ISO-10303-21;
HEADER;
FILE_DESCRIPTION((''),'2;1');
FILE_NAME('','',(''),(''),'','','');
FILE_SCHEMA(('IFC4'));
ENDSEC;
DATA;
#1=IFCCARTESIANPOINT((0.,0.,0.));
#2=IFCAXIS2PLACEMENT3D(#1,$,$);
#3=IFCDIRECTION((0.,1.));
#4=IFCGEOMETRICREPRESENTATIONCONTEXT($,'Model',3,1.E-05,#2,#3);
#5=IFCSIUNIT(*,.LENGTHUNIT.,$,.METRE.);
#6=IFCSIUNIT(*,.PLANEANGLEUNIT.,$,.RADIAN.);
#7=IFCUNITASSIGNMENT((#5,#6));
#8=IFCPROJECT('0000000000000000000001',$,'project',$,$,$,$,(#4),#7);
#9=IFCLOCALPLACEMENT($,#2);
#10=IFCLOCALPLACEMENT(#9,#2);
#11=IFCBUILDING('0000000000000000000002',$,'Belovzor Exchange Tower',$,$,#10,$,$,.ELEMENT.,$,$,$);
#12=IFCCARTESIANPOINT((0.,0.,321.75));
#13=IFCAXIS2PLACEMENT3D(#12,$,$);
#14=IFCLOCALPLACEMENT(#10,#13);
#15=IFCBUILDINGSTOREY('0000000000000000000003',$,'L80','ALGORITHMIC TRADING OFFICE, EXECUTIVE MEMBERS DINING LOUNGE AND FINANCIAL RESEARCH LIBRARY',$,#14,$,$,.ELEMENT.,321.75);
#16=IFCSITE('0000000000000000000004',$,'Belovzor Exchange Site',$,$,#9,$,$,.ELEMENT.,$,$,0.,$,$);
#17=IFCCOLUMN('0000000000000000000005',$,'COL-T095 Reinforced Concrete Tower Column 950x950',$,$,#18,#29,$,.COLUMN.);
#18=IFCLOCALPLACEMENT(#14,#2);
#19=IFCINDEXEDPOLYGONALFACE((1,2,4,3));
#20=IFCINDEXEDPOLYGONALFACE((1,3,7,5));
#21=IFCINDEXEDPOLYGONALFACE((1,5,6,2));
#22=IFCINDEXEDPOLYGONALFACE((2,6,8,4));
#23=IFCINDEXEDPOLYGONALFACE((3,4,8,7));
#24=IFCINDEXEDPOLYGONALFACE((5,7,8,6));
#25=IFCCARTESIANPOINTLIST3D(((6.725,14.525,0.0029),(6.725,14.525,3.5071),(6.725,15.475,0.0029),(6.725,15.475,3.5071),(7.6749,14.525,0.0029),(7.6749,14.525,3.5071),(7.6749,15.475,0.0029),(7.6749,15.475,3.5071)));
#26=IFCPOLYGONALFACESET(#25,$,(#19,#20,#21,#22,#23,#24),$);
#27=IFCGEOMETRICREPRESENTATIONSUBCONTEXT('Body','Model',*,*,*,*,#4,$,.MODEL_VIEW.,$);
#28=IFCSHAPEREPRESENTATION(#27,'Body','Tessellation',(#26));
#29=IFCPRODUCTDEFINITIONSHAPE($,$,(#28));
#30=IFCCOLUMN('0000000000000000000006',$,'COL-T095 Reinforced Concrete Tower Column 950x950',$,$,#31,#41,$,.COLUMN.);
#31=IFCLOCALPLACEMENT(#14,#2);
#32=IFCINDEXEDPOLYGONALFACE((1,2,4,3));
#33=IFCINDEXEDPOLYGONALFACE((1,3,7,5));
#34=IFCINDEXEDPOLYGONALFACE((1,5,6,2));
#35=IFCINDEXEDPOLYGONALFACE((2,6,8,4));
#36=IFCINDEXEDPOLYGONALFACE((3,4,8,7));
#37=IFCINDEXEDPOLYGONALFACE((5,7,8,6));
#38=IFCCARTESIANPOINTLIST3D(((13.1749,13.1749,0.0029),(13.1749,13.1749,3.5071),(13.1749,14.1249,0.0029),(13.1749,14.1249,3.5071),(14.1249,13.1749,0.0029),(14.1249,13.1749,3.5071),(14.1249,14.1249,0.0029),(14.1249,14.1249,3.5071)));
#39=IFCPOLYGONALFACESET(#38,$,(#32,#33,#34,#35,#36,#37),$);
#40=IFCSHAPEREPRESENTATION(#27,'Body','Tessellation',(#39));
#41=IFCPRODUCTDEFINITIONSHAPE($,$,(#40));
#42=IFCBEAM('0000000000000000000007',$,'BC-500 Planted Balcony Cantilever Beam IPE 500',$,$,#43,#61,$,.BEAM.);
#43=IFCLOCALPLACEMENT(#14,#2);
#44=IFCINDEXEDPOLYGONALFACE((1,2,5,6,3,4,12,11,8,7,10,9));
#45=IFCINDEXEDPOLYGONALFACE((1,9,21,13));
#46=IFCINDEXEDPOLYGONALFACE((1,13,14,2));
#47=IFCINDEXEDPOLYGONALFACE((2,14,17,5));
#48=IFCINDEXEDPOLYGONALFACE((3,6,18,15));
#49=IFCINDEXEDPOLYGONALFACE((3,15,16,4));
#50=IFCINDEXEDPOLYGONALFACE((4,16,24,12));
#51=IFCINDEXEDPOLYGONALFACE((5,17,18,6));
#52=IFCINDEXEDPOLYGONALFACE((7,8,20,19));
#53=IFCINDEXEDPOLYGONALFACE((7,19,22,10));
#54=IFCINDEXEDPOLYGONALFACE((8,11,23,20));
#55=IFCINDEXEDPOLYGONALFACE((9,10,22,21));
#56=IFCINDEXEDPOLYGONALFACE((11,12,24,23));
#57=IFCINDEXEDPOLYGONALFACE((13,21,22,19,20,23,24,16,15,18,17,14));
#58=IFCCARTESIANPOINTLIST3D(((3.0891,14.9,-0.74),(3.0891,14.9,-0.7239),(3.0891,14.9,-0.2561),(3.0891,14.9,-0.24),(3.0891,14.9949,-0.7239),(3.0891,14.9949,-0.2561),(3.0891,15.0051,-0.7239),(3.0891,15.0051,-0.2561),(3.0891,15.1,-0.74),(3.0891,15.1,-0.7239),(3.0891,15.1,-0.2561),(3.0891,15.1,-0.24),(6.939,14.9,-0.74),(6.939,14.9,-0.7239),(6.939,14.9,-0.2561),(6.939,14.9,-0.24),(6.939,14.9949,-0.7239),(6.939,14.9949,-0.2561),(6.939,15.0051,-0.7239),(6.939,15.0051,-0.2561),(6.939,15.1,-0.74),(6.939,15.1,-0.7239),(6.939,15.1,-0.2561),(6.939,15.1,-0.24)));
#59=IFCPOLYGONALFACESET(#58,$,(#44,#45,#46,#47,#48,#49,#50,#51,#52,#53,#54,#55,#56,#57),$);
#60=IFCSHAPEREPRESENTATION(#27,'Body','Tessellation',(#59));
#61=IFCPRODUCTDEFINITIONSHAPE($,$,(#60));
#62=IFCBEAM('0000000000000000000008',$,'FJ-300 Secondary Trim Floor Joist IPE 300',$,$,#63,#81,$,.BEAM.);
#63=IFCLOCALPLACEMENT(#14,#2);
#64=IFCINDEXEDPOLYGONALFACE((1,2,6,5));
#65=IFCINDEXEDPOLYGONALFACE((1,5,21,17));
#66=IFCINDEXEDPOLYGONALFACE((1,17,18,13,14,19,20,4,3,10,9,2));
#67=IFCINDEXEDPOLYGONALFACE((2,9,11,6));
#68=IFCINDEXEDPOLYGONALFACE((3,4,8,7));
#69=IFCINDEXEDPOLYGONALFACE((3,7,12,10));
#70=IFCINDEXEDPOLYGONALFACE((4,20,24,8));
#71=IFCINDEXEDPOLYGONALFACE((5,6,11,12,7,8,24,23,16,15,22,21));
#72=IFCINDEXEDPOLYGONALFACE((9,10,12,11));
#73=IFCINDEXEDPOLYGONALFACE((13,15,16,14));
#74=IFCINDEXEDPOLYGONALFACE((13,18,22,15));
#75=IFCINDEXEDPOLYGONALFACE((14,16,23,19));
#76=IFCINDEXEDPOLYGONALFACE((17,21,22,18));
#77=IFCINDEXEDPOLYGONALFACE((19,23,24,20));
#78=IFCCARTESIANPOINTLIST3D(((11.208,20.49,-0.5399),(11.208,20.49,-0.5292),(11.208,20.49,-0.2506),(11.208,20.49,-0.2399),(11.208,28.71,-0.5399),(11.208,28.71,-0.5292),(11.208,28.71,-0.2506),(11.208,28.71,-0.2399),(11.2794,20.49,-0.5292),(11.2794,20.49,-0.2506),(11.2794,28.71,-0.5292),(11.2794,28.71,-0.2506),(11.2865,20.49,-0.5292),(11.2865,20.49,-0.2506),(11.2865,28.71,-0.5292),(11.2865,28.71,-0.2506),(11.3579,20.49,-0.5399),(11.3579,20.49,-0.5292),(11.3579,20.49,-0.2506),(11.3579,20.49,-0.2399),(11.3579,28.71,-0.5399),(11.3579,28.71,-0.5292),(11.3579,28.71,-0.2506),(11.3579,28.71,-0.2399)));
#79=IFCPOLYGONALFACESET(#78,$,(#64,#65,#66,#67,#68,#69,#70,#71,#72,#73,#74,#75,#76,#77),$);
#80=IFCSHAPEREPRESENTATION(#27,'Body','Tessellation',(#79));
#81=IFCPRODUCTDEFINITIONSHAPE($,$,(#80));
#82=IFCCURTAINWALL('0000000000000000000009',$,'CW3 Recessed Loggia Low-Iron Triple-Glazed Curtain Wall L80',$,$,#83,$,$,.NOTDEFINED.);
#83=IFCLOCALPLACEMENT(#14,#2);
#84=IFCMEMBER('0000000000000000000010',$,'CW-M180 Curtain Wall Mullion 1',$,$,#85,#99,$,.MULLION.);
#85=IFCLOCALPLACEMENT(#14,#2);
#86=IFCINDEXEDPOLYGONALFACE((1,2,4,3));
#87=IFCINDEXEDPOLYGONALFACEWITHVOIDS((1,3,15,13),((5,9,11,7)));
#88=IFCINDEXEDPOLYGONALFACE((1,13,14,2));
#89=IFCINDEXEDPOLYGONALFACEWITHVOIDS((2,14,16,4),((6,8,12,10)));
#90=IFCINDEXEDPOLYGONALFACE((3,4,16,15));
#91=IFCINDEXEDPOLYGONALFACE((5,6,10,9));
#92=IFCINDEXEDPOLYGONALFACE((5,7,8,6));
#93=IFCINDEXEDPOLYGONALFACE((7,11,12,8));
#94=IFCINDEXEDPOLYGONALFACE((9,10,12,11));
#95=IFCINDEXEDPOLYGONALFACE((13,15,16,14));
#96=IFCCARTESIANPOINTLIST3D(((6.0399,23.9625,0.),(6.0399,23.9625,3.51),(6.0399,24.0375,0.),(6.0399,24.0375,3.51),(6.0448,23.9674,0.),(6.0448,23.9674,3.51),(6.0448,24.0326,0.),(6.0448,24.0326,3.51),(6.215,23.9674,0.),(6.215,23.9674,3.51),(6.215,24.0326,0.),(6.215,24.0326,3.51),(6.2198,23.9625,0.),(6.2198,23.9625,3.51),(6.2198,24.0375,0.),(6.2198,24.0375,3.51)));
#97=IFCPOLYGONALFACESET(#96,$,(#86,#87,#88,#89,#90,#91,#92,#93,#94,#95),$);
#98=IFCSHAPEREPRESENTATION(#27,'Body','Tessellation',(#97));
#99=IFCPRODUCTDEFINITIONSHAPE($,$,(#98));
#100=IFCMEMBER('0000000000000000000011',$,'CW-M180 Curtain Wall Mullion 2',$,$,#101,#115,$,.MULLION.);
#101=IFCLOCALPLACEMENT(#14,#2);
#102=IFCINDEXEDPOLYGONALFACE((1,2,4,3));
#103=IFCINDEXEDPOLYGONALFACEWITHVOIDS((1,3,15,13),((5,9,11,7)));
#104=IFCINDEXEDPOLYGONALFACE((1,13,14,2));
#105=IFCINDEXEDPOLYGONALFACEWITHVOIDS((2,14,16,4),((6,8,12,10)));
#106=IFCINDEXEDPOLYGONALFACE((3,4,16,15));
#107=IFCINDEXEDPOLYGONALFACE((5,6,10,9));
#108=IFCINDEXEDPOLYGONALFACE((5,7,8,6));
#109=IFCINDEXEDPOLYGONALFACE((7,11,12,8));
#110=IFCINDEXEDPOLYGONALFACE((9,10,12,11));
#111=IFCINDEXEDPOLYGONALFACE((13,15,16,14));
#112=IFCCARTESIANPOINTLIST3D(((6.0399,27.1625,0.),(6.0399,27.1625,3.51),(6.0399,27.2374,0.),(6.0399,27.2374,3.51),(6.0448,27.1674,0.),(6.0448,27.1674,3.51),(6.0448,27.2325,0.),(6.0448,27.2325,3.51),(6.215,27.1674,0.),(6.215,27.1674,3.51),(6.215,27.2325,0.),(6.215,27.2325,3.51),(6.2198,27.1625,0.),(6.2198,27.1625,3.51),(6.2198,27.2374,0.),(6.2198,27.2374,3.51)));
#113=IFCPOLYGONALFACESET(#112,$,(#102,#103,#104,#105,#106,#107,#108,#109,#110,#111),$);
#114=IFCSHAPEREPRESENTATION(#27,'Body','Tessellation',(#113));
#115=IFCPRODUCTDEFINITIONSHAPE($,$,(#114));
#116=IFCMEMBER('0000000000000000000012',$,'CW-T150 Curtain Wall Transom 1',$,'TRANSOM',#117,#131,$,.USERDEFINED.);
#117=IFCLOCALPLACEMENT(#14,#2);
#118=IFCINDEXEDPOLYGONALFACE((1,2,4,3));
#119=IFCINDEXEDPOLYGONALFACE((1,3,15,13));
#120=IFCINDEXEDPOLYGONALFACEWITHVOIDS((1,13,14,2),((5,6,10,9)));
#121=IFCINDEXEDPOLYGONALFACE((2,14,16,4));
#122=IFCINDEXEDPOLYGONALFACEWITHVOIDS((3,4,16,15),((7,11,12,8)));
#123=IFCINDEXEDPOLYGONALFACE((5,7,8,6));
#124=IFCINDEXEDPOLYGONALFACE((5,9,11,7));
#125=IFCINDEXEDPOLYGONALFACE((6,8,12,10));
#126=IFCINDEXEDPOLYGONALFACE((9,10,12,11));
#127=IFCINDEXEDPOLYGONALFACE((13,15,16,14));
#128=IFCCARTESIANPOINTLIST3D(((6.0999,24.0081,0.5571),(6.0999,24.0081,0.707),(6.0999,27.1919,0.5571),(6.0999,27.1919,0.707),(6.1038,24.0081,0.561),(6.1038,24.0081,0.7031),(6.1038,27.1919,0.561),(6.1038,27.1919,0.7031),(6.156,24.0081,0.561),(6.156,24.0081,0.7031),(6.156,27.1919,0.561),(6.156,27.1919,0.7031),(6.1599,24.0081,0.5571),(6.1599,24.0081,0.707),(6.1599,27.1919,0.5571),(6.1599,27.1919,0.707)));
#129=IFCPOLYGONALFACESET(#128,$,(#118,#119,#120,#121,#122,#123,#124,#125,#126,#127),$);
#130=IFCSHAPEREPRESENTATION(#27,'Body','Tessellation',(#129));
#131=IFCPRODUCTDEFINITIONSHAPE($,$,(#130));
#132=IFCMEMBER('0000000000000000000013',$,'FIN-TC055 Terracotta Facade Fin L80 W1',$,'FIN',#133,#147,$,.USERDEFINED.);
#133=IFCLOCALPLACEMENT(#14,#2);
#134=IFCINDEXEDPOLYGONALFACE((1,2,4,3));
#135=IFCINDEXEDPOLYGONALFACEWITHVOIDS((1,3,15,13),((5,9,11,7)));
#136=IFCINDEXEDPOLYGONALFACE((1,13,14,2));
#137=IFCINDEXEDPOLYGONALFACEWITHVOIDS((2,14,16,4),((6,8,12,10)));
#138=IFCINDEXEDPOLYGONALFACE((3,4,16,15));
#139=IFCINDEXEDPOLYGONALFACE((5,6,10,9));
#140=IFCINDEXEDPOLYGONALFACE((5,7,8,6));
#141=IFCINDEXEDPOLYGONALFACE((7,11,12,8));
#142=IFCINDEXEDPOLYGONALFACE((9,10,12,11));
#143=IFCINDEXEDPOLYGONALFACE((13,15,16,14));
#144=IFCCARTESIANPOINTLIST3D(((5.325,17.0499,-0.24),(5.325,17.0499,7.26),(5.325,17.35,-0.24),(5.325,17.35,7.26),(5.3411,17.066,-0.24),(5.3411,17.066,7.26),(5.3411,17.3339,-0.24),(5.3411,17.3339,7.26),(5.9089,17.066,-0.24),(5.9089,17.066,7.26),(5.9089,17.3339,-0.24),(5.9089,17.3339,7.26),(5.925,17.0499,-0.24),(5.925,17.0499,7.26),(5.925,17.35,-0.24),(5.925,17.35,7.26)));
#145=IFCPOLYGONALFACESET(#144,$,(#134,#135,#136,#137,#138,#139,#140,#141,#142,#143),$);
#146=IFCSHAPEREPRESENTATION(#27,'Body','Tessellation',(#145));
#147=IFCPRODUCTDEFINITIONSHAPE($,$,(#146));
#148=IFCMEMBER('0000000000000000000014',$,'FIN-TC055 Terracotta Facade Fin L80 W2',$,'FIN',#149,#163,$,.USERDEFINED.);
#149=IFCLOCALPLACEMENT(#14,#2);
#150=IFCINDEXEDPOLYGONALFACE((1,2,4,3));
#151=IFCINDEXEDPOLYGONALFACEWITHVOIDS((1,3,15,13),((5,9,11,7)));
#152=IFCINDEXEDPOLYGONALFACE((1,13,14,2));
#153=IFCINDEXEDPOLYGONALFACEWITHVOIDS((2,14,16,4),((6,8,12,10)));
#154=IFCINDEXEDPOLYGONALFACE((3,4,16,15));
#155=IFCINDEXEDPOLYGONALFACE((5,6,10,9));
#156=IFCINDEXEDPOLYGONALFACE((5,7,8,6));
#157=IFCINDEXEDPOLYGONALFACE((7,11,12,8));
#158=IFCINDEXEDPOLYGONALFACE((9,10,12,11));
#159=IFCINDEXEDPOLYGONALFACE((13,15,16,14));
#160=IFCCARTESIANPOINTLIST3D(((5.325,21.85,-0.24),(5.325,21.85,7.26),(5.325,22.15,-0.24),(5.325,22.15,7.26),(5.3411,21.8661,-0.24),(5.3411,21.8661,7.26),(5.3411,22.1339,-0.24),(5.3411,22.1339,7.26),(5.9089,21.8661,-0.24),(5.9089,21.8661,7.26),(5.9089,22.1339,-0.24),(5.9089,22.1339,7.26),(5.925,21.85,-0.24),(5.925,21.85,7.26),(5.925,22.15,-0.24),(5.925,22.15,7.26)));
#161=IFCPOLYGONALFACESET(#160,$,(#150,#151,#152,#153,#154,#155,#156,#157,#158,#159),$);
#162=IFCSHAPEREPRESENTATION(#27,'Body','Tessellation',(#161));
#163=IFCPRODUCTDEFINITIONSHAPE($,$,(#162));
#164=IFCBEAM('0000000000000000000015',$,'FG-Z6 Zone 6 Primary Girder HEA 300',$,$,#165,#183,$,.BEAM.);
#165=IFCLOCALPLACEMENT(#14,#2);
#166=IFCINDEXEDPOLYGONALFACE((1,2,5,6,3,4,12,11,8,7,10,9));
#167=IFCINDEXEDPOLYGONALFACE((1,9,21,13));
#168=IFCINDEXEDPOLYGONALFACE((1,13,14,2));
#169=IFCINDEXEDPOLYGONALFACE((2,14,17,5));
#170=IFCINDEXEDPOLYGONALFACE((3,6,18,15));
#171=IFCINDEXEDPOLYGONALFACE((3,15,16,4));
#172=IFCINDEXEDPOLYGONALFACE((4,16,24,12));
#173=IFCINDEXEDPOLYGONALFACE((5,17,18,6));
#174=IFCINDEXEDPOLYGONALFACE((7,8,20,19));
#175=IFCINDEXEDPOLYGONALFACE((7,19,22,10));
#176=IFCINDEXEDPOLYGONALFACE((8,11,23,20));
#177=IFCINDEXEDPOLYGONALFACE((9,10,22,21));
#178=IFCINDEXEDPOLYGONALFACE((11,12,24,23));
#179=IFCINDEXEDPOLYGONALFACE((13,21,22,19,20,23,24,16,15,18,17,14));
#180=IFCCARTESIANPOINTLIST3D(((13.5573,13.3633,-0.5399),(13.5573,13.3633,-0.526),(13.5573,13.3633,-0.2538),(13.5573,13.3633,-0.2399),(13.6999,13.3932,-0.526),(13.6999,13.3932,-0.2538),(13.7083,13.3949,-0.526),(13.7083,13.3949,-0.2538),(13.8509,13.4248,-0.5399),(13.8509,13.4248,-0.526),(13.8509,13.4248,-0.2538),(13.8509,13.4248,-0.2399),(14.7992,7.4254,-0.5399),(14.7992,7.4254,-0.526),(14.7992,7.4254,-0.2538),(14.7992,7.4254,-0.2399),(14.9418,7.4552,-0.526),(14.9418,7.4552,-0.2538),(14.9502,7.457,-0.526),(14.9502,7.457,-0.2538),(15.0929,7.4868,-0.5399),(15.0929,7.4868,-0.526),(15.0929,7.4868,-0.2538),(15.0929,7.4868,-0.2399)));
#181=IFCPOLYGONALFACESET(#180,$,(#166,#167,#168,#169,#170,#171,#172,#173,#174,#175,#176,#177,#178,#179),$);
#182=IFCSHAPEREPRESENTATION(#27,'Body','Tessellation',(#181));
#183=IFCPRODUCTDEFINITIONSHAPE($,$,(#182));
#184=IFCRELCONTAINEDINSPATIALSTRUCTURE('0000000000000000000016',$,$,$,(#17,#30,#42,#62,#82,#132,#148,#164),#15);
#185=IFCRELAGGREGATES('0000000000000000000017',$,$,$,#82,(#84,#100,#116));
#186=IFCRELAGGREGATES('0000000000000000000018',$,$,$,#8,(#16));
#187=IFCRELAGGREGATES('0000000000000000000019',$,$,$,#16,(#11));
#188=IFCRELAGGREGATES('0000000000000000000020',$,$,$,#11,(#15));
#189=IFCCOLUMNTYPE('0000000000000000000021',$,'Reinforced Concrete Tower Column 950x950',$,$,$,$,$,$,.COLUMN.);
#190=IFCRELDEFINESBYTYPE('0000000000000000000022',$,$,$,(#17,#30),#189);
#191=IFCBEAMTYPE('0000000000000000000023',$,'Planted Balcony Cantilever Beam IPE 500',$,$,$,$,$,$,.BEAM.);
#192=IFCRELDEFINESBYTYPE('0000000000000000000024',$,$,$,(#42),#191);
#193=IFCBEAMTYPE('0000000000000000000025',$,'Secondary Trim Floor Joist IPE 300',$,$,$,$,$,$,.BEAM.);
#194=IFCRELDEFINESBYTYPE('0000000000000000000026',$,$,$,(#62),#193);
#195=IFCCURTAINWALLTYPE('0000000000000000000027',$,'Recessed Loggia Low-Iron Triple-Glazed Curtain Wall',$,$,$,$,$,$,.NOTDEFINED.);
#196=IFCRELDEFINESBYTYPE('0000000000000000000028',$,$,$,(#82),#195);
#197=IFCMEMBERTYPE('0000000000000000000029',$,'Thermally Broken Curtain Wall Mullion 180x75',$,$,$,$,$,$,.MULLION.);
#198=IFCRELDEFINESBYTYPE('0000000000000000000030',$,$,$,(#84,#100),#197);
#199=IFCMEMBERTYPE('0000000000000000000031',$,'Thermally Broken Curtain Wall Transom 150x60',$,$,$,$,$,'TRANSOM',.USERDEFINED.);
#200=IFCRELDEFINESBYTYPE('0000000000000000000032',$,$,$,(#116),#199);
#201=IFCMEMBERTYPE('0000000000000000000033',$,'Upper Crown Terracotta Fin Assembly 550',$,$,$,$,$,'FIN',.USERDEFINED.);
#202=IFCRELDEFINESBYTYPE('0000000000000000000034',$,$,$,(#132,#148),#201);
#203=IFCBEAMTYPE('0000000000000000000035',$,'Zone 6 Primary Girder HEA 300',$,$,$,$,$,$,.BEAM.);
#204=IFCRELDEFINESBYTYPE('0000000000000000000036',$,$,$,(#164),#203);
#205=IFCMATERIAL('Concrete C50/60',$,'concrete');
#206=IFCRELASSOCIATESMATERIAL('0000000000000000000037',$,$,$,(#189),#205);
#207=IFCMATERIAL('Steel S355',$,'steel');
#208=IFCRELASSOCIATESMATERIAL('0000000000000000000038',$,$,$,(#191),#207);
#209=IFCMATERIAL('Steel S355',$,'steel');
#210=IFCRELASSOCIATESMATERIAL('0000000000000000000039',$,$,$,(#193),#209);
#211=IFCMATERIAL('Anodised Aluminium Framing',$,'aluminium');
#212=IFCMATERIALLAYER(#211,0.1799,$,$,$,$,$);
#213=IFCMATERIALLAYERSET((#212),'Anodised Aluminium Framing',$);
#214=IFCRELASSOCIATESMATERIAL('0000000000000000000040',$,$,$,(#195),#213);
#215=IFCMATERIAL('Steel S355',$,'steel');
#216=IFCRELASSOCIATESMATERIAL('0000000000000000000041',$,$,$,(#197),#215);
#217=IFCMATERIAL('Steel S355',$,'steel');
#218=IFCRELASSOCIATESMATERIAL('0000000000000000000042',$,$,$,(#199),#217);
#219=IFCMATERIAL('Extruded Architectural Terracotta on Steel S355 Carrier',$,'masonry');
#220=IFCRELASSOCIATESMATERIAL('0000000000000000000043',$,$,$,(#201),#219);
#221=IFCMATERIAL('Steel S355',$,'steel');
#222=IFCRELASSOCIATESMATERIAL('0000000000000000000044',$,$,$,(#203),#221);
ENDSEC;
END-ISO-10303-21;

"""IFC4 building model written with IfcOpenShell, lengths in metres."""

from ifc_helpers import new_model, si_unit, direction, frame, origin, origin_2d, place, context, subcontext, project, spatial, rectangle, hollow_rectangle, i_section, extrude, material, layer, layer_set, material_profile, profile_set, type_object, element, aggregate, save


model = new_model("IFC4")

# Units and contexts
model_context = context("Model", 3, precision=1e-05, world=origin(), true_north=direction((0.0, 1.0)))
body_context = subcontext(model_context, "Body", "Model", "MODEL_VIEW")
ifc_project = project(units=[si_unit("LENGTHUNIT", "METRE"), si_unit("PLANEANGLEUNIT", "RADIAN")], contexts=[model_context])

# Site, building, storey
site_placement = place(None, origin())
site = spatial("IfcSite", under=ifc_project, at=site_placement, Name="Belovzor Exchange Site", CompositionType="ELEMENT", RefElevation=0.0)
building_placement = place(site_placement, origin())
building = spatial("IfcBuilding", under=site, at=building_placement, Name="Belovzor Exchange Tower", CompositionType="ELEMENT")
storey_placement = place(building_placement, frame((0.0, 0.0, 321.75)))
storey = spatial("IfcBuildingStorey", under=building, at=storey_placement, Name="L80", Description="ALGORITHMIC TRADING OFFICE, EXECUTIVE MEMBERS DINING LOUNGE AND FINANCIAL RESEARCH LIBRARY", CompositionType="ELEMENT", Elevation=321.75)

# Columns
ifc_material_1 = material(Name="Concrete C50/60", Category="concrete")
ifc_material_profile_1 = material_profile(ifc_material_1, rectangle(XDim=0.95, YDim=0.95, at=origin_2d()))
ifc_profile_set_1 = profile_set([ifc_material_profile_1], Name="Concrete C50/60")
column_type = type_object("IfcColumnType", Name="Reinforced Concrete Tower Column 950x950", PredefinedType="COLUMN", material=ifc_profile_set_1)
for number, where, z_axis, x_axis, name in (
    (1, (7.2, 15.0, 0.0029), (0.0, 0.0, 1.0), (1.0, 0.0, 0.0), "COL-T095 Reinforced Concrete Tower Column 950x950"),
    (2, (13.6499, 13.6499, 0.0029), (0.0, 0.0, 1.0), (1.0, 0.0, 0.0), "COL-T095 Reinforced Concrete Tower Column 950x950"),
):
    element("IfcColumn", number, at=place(storey_placement, frame(where, z_axis=z_axis, x_axis=x_axis)), inside=storey, type_object=column_type, Name=name, PredefinedType="COLUMN", context=body_context, shape_type="SweptSolid", body=[
        extrude(rectangle(XDim=0.95, YDim=0.95, at=origin_2d()), origin(), (0.0, 0.0, 1.0), 3.5042),
    ])

# Beams
ifc_material_2 = material(Name="Steel S355", Category="steel")
ifc_material_profile_2 = material_profile(ifc_material_2, i_section(OverallWidth=0.2, OverallDepth=0.5, WebThickness=0.0103, FlangeThickness=0.0161, at=origin_2d()))
ifc_profile_set_2 = profile_set([ifc_material_profile_2], Name="Steel S355")
beam_type_1 = type_object("IfcBeamType", Name="Planted Balcony Cantilever Beam IPE 500", PredefinedType="BEAM", material=ifc_profile_set_2)
beam_1_placement = place(storey_placement, frame((6.939, 15.0, -0.49), z_axis=(-1.0, 0.0, 0.0), x_axis=(0.0, -1.0, 0.0)))
element("IfcBeam", 3, at=beam_1_placement, inside=storey, type_object=beam_type_1, Name="BC-500 Planted Balcony Cantilever Beam IPE 500", PredefinedType="BEAM", context=body_context, shape_type="SweptSolid", body=[
    extrude(i_section(OverallWidth=0.2, OverallDepth=0.5, WebThickness=0.0103, FlangeThickness=0.0161, at=origin_2d()), origin(), (0.0, 0.0, 1.0), 3.8499),
])
ifc_material_3 = material(Name="Steel S355", Category="steel")
ifc_material_profile_3 = material_profile(ifc_material_3, i_section(OverallWidth=0.1499, OverallDepth=0.3, WebThickness=0.0071, FlangeThickness=0.0107, at=origin_2d()))
ifc_profile_set_3 = profile_set([ifc_material_profile_3], Name="Steel S355")
beam_type_2 = type_object("IfcBeamType", Name="Secondary Trim Floor Joist IPE 300", PredefinedType="BEAM", material=ifc_profile_set_3)
beam_2_placement = place(storey_placement, frame((11.283, 20.49, -0.3899), z_axis=(0.0, 1.0, 0.0), x_axis=(-1.0, 0.0, 0.0)))
element("IfcBeam", 4, at=beam_2_placement, inside=storey, type_object=beam_type_2, Name="FJ-300 Secondary Trim Floor Joist IPE 300", PredefinedType="BEAM", context=body_context, shape_type="SweptSolid", body=[
    extrude(i_section(OverallWidth=0.1499, OverallDepth=0.3, WebThickness=0.0071, FlangeThickness=0.0107, at=origin_2d()), origin(), (0.0, 0.0, 1.0), 8.22),
])

# Curtain wall, members
ifc_material_4 = material(Name="Anodised Aluminium Framing", Category="aluminium")
ifc_layer_1 = layer(ifc_material_4, 0.1799)
ifc_layer_set_1 = layer_set([ifc_layer_1], Name="Anodised Aluminium Framing")
curtain_wall_type = type_object("IfcCurtainWallType", Name="Recessed Loggia Low-Iron Triple-Glazed Curtain Wall", PredefinedType="NOTDEFINED", material=ifc_layer_set_1)
curtain_wall_placement = place(storey_placement, origin())
curtain_wall = element("IfcCurtainWall", 5, at=curtain_wall_placement, inside=storey, type_object=curtain_wall_type, Name="CW3 Recessed Loggia Low-Iron Triple-Glazed Curtain Wall L80", PredefinedType="NOTDEFINED")
ifc_material_5 = material(Name="Steel S355", Category="steel")
ifc_material_profile_4 = material_profile(ifc_material_5, hollow_rectangle(XDim=0.075, YDim=0.1799, WallThickness=0.0049, at=origin_2d()))
ifc_profile_set_4 = profile_set([ifc_material_profile_4], Name="Steel S355")
member_type_1 = type_object("IfcMemberType", Name="Thermally Broken Curtain Wall Mullion 180x75", PredefinedType="MULLION", material=ifc_profile_set_4)
member_1_placement = place(storey_placement, frame((6.1299, 24.0, 0.0), z_axis=(0.0, 0.0, 1.0), x_axis=(0.0, 1.0, 0.0)))
member_1 = element("IfcMember", 6, at=member_1_placement, type_object=member_type_1, Name="CW-M180 Curtain Wall Mullion 1", PredefinedType="MULLION", context=body_context, shape_type="SweptSolid", body=[
    extrude(hollow_rectangle(XDim=0.075, YDim=0.1799, WallThickness=0.0049, at=origin_2d()), origin(), (0.0, 0.0, 1.0), 3.51),
])
member_2_placement = place(storey_placement, frame((6.1299, 27.2, 0.0), z_axis=(0.0, 0.0, 1.0), x_axis=(0.0, 1.0, 0.0)))
member_2 = element("IfcMember", 7, at=member_2_placement, type_object=member_type_1, Name="CW-M180 Curtain Wall Mullion 2", PredefinedType="MULLION", context=body_context, shape_type="SweptSolid", body=[
    extrude(hollow_rectangle(XDim=0.075, YDim=0.1799, WallThickness=0.0049, at=origin_2d()), origin(), (0.0, 0.0, 1.0), 3.51),
])
ifc_material_6 = material(Name="Steel S355", Category="steel")
ifc_material_profile_5 = material_profile(ifc_material_6, hollow_rectangle(XDim=0.0601, YDim=0.1499, WallThickness=0.0039, at=origin_2d()))
ifc_profile_set_5 = profile_set([ifc_material_profile_5], Name="Steel S355")
member_type_2 = type_object("IfcMemberType", Name="Thermally Broken Curtain Wall Transom 150x60", ElementType="TRANSOM", PredefinedType="USERDEFINED", material=ifc_profile_set_5)
member_3_placement = place(storey_placement, frame((6.1299, 24.0081, 0.6321), z_axis=(0.0, 1.0, 0.0), x_axis=(-1.0, 0.0, 0.0)))
member_3 = element("IfcMember", 8, at=member_3_placement, type_object=member_type_2, Name="CW-T150 Curtain Wall Transom 1", ObjectType="TRANSOM", PredefinedType="USERDEFINED", context=body_context, shape_type="SweptSolid", body=[
    extrude(hollow_rectangle(XDim=0.0601, YDim=0.1499, WallThickness=0.0039, at=origin_2d()), origin(), (0.0, 0.0, 1.0), 3.1838),
])

# Members
ifc_material_7 = material(Name="Extruded Architectural Terracotta on Steel S355 Carrier", Category="masonry")
ifc_material_profile_6 = material_profile(ifc_material_7, hollow_rectangle(XDim=0.3, YDim=0.6001, WallThickness=0.0161, at=origin_2d()))
ifc_profile_set_6 = profile_set([ifc_material_profile_6], Name="Extruded Architectural Terracotta on Steel S355 Carrier")
member_type_3 = type_object("IfcMemberType", Name="Upper Crown Terracotta Fin Assembly 550", ElementType="FIN", PredefinedType="USERDEFINED", material=ifc_profile_set_6)
for number, where, z_axis, x_axis, name in (
    (9, (5.625, 17.2, -0.24), (0.0, 0.0, 1.0), (0.0, 1.0, 0.0), "FIN-TC055 Terracotta Facade Fin L80 W1"),
    (10, (5.625, 22.0, -0.24), (0.0, 0.0, 1.0), (0.0, 1.0, 0.0), "FIN-TC055 Terracotta Facade Fin L80 W2"),
):
    element("IfcMember", number, at=place(storey_placement, frame(where, z_axis=z_axis, x_axis=x_axis)), inside=storey, type_object=member_type_3, Name=name, ObjectType="FIN", PredefinedType="USERDEFINED", context=body_context, shape_type="SweptSolid", body=[
        extrude(hollow_rectangle(XDim=0.3, YDim=0.6001, WallThickness=0.0161, at=origin_2d()), origin(), (0.0, 0.0, 1.0), 7.5),
    ])

# Beam
ifc_material_8 = material(Name="Steel S355", Category="steel")
ifc_material_profile_7 = material_profile(ifc_material_8, i_section(OverallWidth=0.3, OverallDepth=0.3, WebThickness=0.0085, FlangeThickness=0.0139, at=origin_2d()))
ifc_profile_set_7 = profile_set([ifc_material_profile_7], Name="Steel S355")
beam_type_3 = type_object("IfcBeamType", Name="Zone 6 Primary Girder HEA 300", PredefinedType="BEAM", material=ifc_profile_set_7)
for number, where, z_axis, x_axis, name in (
    (11, (13.7041, 13.394, -0.3899), (0.204722, -0.97882, 0.0), (0.97882, 0.204722, 0.0), "FG-Z6 Zone 6 Primary Girder HEA 300"),
):
    element("IfcBeam", number, at=place(storey_placement, frame(where, z_axis=z_axis, x_axis=x_axis)), inside=storey, type_object=beam_type_3, Name=name, PredefinedType="BEAM", context=body_context, shape_type="SweptSolid", body=[
        extrude(i_section(OverallWidth=0.3, OverallDepth=0.3, WebThickness=0.0085, FlangeThickness=0.0139, at=origin_2d()), origin(), (0.0, 0.0, 1.0), 6.0664),
    ])

aggregate(curtain_wall, [member_1, member_2, member_3])

save(model, "model.ifc")
